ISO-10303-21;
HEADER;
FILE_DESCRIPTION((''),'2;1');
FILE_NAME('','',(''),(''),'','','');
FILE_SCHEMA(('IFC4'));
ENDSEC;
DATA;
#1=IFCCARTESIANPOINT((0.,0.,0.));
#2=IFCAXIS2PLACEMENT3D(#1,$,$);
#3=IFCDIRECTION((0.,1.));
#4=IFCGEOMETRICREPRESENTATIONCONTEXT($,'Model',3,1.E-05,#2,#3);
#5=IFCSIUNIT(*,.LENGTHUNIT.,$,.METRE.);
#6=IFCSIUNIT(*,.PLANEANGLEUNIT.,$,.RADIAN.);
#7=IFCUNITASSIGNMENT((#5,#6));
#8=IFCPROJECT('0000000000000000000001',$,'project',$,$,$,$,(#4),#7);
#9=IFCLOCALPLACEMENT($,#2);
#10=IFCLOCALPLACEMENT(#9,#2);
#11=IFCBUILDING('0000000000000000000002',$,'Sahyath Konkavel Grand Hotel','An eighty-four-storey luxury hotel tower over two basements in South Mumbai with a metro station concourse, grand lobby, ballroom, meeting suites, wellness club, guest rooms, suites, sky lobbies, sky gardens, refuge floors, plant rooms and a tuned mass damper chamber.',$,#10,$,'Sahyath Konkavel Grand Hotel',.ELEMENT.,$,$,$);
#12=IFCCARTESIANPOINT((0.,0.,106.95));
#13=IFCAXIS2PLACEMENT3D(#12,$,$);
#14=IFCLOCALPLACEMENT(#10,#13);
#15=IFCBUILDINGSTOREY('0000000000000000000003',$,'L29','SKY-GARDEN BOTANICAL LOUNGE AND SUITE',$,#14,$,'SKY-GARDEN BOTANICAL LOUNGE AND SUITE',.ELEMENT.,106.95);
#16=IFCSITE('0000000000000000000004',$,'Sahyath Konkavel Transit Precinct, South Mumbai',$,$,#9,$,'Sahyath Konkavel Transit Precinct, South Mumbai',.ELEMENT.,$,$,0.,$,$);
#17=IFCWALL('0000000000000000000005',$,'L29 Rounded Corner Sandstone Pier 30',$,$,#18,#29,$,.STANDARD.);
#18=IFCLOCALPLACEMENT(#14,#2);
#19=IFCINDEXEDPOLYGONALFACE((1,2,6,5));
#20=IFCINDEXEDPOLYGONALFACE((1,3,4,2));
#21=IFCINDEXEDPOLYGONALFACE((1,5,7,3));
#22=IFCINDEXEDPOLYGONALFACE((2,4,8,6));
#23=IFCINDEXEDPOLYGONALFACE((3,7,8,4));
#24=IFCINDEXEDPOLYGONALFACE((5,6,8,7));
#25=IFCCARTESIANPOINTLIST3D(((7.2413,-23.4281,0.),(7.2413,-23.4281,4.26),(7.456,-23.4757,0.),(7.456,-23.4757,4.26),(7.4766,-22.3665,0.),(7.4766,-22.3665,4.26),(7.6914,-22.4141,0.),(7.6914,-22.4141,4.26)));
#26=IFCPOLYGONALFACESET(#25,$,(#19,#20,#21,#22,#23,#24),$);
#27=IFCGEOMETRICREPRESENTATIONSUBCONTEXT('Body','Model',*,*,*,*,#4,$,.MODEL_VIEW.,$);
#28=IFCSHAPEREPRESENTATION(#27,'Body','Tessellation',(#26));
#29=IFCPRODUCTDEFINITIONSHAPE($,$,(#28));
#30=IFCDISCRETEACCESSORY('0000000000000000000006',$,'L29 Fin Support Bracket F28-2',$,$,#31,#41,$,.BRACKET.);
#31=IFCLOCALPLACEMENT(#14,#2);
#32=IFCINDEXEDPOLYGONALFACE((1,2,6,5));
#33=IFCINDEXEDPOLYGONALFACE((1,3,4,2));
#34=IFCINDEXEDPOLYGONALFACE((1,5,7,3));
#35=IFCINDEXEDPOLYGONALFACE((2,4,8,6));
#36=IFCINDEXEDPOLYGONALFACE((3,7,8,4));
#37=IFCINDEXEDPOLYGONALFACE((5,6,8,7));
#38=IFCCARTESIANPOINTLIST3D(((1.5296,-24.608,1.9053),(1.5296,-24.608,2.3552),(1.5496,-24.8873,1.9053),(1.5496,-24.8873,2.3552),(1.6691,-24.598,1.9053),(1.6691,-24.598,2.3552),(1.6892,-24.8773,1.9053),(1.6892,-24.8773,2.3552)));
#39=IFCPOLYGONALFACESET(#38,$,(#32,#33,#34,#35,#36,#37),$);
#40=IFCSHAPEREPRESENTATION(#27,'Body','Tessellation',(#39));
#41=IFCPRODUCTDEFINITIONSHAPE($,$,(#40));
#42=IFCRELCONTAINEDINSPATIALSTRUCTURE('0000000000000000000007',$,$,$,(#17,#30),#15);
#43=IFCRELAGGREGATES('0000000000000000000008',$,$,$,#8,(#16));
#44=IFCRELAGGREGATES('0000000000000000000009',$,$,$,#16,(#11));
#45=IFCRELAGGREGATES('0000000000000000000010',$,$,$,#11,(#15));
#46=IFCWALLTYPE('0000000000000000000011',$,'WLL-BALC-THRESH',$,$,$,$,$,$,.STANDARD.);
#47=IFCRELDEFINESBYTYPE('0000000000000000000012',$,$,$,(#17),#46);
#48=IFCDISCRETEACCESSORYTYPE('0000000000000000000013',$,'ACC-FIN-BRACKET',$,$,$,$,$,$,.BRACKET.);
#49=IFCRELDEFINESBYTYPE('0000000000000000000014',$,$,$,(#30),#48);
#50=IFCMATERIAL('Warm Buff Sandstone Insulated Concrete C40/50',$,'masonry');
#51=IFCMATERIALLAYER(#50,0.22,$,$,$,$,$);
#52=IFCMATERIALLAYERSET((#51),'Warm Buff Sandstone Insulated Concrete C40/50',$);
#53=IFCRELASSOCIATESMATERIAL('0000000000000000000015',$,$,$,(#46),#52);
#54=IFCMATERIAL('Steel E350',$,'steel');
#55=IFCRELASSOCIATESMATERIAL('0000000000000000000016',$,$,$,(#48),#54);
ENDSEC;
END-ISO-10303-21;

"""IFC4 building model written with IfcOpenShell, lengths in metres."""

from ifc_helpers import new_model, si_unit, direction, frame, frame_2d, origin, origin_2d, place, context, subcontext, project, spatial, rectangle, extrude, source, transform, mapped, material, layer, layer_set, type_object, element, save


model = new_model("IFC4")

# Units and contexts
model_context = context("Model", 3, precision=1e-05, world=origin(), true_north=direction((0.0, 1.0)))
body_context = subcontext(model_context, "Body", "Model", "MODEL_VIEW")
ifc_project = project(units=[si_unit("LENGTHUNIT", "METRE"), si_unit("PLANEANGLEUNIT", "RADIAN")], contexts=[model_context])

# Site, building, storey
site_placement = place(None, origin())
site = spatial("IfcSite", under=ifc_project, at=site_placement, Name="Sahyath Konkavel Transit Precinct, South Mumbai", LongName="Sahyath Konkavel Transit Precinct, South Mumbai", CompositionType="ELEMENT", RefElevation=0.0)
building_placement = place(site_placement, origin())
building = spatial("IfcBuilding", under=site, at=building_placement, Name="Sahyath Konkavel Grand Hotel", Description="An eighty-four-storey luxury hotel tower over two basements in South Mumbai with a metro station concourse, grand lobby, ballroom, meeting suites, wellness club, guest rooms, suites, sky lobbies, sky gardens, refuge floors, plant rooms and a tuned mass damper chamber.", LongName="Sahyath Konkavel Grand Hotel", CompositionType="ELEMENT")
storey_placement = place(building_placement, frame((0.0, 0.0, 106.95)))
storey = spatial("IfcBuildingStorey", under=building, at=storey_placement, Name="L29", Description="SKY-GARDEN BOTANICAL LOUNGE AND SUITE", LongName="SKY-GARDEN BOTANICAL LOUNGE AND SUITE", CompositionType="ELEMENT", Elevation=106.95)

# Shared definitions
ifc_material_1 = material(Name="Steel E350", Category="steel")

# Wall
ifc_material_2 = material(Name="Warm Buff Sandstone Insulated Concrete C40/50", Category="masonry")
ifc_layer_1 = layer(ifc_material_2, 0.22)
ifc_layer_set_1 = layer_set([ifc_layer_1], Name="Warm Buff Sandstone Insulated Concrete C40/50")
wall_type = type_object("IfcWallType", Name="WLL-BALC-THRESH", PredefinedType="STANDARD", material=ifc_layer_set_1)
wall_1_placement = place(storey_placement, frame((7.3486, -23.4519, 0.0), z_axis=(0.0, 0.0, 1.0), x_axis=(0.216455, 0.976293, 0.0)))
element("IfcWall", 1, at=wall_1_placement, inside=storey, type_object=wall_type, Name="L29 Rounded Corner Sandstone Pier 30", PredefinedType="STANDARD", context=body_context, shape_type="SweptSolid", body=[
    extrude(rectangle(XDim=1.0874, YDim=0.22, at=frame_2d((0.5437, 0.0))), origin(), (0.0, 0.0, 1.0), 4.26),
])

# Discrete accessory
discrete_accessory_type = type_object("IfcDiscreteAccessoryType", Name="ACC-FIN-BRACKET", PredefinedType="BRACKET", material=ifc_material_1)
shared_shape_1 = source(origin(), body_context, "Body", "SweptSolid", [
    extrude(rectangle(XDim=0.28, YDim=0.1399, at=origin_2d()), origin(), (0.0, 0.0, 1.0), 0.45),
])
discrete_accessory_placement = place(storey_placement, frame((1.6094, -24.7427, 1.9053), z_axis=(0.0, 0.0, 1.0), x_axis=(0.071567, -0.997436, 0.0)))
element("IfcDiscreteAccessory", 2, at=discrete_accessory_placement, inside=storey, type_object=discrete_accessory_type, Name="L29 Fin Support Bracket F28-2", PredefinedType="BRACKET", context=body_context, shape_type="MappedRepresentation", body=[
    mapped(shared_shape_1, transform((0.0, 0.0, 0.0), scale=1.0)),
])

save(model, "model.ifc")
